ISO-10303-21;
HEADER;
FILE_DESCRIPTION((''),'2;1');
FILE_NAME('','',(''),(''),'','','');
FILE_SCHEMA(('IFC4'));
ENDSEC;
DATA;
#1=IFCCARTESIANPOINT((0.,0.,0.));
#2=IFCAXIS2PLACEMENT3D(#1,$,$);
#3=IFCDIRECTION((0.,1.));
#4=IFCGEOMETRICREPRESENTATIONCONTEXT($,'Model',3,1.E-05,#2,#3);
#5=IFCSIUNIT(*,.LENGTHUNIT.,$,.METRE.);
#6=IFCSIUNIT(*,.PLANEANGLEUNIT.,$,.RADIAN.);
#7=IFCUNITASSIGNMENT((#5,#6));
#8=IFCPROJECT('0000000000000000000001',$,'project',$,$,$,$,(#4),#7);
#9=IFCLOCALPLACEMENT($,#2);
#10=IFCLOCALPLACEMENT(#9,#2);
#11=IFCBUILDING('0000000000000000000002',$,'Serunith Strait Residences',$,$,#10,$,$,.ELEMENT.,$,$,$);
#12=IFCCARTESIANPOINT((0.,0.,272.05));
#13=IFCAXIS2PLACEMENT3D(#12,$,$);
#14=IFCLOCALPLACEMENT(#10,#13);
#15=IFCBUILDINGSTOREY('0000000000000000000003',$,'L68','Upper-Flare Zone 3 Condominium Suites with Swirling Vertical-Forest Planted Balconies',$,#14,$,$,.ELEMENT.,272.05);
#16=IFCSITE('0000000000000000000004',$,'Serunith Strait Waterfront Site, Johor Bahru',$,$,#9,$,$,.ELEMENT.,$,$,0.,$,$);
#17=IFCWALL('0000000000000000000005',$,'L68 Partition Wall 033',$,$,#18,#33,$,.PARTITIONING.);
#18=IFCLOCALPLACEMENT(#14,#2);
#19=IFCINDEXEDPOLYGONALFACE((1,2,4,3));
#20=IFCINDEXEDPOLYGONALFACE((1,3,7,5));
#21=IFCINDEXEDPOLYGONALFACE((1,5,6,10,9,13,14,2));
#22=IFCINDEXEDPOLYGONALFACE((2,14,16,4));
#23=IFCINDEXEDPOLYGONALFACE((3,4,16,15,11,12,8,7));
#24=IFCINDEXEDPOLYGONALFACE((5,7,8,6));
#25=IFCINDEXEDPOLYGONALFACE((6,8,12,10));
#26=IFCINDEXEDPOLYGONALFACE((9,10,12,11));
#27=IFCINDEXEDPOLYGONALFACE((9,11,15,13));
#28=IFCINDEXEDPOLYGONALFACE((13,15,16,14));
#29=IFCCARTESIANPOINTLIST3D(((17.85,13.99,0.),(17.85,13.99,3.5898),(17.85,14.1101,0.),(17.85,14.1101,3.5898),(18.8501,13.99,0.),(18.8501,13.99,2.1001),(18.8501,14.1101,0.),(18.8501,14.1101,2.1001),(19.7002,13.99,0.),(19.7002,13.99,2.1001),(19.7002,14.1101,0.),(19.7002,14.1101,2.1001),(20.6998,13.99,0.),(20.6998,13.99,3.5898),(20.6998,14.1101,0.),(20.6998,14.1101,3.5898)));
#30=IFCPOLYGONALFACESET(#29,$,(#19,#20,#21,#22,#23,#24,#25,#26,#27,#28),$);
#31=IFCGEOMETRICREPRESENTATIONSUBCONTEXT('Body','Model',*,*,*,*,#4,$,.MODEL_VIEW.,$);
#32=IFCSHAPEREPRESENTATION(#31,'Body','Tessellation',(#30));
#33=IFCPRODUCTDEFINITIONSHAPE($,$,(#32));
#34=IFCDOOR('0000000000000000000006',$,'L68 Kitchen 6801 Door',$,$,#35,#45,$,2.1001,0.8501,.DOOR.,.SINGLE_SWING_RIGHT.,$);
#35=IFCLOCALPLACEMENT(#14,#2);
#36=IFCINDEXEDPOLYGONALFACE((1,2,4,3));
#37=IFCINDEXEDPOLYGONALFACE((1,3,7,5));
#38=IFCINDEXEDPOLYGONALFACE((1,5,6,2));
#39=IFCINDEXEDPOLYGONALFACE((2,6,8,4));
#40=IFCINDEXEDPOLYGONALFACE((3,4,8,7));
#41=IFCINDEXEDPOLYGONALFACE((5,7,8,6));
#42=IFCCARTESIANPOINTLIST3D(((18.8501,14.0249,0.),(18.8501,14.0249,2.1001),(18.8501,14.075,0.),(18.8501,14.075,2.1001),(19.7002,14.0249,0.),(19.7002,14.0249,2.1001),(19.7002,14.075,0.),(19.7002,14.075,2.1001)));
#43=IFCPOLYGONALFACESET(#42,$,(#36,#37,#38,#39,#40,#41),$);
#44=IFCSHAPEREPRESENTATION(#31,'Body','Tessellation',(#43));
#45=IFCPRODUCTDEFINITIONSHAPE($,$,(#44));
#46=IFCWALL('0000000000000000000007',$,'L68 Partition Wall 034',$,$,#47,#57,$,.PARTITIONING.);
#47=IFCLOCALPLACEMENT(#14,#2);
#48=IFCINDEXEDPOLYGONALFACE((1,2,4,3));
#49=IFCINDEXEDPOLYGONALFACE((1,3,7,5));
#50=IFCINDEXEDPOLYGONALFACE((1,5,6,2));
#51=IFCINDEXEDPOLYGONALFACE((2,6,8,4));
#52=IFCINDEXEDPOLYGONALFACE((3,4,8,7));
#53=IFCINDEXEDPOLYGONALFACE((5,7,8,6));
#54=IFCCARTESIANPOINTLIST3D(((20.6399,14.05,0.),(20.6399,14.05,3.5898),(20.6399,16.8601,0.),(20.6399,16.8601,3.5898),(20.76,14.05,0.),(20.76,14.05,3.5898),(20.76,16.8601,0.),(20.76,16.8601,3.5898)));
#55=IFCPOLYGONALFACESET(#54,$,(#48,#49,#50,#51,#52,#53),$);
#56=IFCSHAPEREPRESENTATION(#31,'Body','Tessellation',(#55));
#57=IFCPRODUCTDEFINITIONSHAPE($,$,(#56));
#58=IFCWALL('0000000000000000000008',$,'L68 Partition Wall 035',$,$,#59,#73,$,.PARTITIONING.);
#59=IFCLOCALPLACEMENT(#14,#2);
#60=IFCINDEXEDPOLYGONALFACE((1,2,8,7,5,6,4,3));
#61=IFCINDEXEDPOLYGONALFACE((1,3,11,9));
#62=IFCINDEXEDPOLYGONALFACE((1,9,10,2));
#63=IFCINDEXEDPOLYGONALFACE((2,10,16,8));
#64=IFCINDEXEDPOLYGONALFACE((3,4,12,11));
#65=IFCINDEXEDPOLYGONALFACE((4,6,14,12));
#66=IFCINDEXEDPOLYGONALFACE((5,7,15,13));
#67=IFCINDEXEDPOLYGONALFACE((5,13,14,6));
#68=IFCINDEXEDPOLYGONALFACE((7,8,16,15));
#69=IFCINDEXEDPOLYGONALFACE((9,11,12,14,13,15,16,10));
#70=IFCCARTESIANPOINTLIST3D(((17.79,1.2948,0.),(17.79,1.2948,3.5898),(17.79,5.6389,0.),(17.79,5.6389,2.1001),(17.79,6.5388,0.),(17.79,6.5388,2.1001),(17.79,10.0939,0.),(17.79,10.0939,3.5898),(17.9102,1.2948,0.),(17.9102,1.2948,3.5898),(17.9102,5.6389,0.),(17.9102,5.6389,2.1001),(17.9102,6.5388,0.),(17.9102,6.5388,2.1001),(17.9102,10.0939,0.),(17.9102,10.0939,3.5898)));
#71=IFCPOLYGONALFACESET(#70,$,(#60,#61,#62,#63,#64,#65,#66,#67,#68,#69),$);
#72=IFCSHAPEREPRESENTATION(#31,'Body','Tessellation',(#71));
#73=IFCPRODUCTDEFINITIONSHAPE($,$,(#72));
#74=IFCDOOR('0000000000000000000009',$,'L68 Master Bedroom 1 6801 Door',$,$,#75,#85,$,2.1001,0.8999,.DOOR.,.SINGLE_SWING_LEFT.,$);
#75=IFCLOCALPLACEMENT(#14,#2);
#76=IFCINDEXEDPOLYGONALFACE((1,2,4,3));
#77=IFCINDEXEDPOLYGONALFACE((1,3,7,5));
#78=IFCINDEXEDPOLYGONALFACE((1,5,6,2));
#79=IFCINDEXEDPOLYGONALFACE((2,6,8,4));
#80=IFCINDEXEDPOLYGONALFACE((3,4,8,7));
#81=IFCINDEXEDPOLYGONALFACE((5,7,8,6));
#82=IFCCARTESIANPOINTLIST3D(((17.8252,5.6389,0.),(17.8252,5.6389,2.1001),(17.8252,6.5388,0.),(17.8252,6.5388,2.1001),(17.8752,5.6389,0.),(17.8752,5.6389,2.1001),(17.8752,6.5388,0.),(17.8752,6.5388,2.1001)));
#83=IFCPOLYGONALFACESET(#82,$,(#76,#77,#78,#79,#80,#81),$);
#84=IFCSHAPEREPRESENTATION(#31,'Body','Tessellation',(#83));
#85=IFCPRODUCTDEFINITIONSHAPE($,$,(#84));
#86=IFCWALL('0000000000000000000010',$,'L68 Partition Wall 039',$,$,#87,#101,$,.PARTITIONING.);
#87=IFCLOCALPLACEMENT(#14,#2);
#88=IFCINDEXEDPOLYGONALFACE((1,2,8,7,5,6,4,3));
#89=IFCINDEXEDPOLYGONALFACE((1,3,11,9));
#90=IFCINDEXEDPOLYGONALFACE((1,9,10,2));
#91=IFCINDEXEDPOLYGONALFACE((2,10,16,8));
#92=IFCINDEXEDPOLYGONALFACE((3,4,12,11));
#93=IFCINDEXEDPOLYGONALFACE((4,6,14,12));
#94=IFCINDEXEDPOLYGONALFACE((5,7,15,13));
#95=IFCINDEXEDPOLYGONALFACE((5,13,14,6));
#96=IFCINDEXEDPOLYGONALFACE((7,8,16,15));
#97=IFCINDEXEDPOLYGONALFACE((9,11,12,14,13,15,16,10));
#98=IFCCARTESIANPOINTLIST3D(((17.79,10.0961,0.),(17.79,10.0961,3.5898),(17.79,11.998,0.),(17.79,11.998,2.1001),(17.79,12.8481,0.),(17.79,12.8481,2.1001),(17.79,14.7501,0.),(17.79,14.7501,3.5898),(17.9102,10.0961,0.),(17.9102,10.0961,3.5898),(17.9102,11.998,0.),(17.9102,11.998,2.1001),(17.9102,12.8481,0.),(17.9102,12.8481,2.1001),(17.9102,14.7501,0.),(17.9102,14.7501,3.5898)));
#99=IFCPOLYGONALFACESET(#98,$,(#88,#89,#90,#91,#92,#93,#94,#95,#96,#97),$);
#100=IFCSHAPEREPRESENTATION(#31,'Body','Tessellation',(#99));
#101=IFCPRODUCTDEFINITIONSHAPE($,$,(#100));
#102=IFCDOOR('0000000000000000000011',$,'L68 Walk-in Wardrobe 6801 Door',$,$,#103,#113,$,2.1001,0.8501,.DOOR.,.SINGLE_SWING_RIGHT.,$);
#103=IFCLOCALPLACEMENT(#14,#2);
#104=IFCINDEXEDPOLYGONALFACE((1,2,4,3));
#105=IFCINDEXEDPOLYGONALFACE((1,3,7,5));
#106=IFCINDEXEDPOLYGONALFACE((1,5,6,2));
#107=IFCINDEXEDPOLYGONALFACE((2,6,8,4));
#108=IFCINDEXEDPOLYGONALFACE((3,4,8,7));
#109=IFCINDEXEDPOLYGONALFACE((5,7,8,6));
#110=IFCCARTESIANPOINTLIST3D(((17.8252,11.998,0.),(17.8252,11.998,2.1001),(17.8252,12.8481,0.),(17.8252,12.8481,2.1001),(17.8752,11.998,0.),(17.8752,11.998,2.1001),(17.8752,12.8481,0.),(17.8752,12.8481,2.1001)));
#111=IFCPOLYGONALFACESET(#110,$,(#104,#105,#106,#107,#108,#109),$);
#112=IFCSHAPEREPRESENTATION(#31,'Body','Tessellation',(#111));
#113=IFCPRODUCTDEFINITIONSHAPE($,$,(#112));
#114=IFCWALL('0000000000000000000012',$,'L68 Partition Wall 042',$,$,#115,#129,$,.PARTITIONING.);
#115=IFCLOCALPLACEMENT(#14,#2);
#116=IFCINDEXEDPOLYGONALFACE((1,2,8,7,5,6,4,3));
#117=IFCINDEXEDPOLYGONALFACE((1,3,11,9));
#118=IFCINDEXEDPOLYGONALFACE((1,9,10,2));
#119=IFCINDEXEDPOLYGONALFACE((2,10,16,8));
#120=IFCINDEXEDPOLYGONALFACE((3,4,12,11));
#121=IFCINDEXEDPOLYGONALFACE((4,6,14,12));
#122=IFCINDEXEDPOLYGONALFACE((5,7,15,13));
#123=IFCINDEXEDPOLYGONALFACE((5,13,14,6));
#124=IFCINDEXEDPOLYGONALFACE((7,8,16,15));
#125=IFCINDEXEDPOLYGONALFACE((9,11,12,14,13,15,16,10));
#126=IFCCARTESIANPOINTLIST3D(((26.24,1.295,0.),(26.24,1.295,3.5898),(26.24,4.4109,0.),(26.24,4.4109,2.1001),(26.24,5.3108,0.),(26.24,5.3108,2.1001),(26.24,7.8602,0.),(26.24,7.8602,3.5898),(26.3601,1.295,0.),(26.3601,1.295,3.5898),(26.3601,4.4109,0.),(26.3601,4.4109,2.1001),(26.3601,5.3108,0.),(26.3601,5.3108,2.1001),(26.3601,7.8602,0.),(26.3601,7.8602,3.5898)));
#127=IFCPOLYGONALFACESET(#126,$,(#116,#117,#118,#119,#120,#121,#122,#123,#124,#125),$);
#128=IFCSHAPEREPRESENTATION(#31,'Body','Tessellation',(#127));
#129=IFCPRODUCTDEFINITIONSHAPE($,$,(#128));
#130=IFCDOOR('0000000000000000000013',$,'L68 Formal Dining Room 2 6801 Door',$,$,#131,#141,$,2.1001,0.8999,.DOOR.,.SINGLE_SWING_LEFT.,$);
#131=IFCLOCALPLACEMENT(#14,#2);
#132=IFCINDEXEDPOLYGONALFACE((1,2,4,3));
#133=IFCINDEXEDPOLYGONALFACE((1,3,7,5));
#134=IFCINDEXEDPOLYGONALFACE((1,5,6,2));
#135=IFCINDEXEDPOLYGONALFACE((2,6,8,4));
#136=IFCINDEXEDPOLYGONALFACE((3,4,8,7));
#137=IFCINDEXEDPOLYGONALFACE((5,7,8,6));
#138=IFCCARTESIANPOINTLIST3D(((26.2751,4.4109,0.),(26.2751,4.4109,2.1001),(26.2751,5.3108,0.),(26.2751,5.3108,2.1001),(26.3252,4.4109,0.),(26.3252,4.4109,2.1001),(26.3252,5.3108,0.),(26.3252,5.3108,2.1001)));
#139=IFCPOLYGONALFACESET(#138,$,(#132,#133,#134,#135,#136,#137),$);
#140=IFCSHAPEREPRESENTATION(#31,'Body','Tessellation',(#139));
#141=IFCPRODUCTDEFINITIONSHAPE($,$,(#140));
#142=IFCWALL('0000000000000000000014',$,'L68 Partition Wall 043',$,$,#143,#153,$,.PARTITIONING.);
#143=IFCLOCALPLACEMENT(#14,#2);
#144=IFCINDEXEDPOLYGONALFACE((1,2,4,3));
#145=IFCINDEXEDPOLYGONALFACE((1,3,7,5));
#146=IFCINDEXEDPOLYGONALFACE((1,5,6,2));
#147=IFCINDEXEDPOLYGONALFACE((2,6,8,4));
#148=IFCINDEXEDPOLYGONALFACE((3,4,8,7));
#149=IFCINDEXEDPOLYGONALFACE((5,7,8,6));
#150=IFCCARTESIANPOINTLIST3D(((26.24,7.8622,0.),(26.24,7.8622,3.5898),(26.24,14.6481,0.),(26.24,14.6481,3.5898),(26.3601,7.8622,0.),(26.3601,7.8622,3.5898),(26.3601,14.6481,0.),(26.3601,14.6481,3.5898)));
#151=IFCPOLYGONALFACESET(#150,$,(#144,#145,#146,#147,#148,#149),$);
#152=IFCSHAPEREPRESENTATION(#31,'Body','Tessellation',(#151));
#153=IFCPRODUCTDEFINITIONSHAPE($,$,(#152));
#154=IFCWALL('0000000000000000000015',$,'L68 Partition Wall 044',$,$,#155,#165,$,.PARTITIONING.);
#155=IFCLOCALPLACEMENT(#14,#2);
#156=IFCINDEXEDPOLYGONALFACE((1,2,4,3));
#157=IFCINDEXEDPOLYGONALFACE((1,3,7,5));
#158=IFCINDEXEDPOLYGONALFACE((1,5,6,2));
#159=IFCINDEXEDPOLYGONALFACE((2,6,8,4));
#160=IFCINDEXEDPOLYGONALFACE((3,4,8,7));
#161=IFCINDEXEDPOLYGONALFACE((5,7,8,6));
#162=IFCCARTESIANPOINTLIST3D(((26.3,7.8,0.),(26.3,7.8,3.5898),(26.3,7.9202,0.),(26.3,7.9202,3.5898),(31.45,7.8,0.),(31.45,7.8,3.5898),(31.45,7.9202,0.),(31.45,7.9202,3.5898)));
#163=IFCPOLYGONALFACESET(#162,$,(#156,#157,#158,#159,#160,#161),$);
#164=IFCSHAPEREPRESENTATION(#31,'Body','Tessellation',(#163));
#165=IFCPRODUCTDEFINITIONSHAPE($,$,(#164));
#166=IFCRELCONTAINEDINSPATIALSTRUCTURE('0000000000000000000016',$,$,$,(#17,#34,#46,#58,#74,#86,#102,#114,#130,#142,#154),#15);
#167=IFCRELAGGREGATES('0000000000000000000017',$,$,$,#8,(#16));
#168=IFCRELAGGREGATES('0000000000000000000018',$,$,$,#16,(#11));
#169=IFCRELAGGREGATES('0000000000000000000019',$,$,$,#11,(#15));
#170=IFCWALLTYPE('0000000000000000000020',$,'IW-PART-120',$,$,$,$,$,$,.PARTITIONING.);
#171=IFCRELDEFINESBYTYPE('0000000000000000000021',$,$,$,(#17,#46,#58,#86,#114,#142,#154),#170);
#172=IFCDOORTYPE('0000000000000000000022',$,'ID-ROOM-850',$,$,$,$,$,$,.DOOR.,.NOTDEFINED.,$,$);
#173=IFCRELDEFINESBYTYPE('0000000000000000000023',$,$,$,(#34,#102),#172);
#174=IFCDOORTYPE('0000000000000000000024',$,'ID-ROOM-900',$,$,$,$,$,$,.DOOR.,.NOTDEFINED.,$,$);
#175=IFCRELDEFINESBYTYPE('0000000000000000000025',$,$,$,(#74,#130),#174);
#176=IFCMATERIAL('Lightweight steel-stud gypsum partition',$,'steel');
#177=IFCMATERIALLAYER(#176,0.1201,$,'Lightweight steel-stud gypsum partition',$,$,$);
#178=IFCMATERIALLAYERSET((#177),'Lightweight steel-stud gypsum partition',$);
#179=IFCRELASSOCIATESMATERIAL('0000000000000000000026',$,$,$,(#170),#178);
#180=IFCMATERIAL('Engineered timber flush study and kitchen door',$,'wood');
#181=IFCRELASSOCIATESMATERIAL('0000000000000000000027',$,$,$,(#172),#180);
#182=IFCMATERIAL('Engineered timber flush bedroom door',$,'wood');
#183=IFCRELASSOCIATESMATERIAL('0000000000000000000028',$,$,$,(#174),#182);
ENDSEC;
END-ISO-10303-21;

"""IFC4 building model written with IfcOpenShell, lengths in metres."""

from ifc_helpers import new_model, si_unit, direction, frame, frame_2d, origin, place, context, subcontext, project, spatial, rectangle, extrude, source, transform, mapped, material, layer, layer_set, type_object, element, fill, save


model = new_model("IFC4")

# Units and contexts
model_context = context("Model", 3, precision=1e-05, world=origin(), true_north=direction((0.0, 1.0)))
body_context = subcontext(model_context, "Body", "Model", "MODEL_VIEW")
ifc_project = project(units=[si_unit("LENGTHUNIT", "METRE"), si_unit("PLANEANGLEUNIT", "RADIAN")], contexts=[model_context])

# Site, building, storey
site_placement = place(None, origin())
site = spatial("IfcSite", under=ifc_project, at=site_placement, Name="Serunith Strait Waterfront Site, Johor Bahru", CompositionType="ELEMENT", RefElevation=0.0)
building_placement = place(site_placement, origin())
building = spatial("IfcBuilding", under=site, at=building_placement, Name="Serunith Strait Residences", CompositionType="ELEMENT")
storey_placement = place(building_placement, frame((0.0, 0.0, 272.05)))
storey = spatial("IfcBuildingStorey", under=building, at=storey_placement, Name="L68", Description="Upper-Flare Zone 3 Condominium Suites with Swirling Vertical-Forest Planted Balconies", CompositionType="ELEMENT", Elevation=272.05)

# Wall, opening, door
ifc_material_1 = material(Name="Lightweight steel-stud gypsum partition", Category="steel")
ifc_layer_1 = layer(ifc_material_1, 0.1201, Name="Lightweight steel-stud gypsum partition")
ifc_layer_set_1 = layer_set([ifc_layer_1], Name="Lightweight steel-stud gypsum partition")
wall_type = type_object("IfcWallType", Name="IW-PART-120", PredefinedType="PARTITIONING", material=ifc_layer_set_1)
wall_1_placement = place(storey_placement, frame((17.8501, 14.05, 0.0), z_axis=(0.0, 0.0, 1.0), x_axis=(1.0, 0.0, 0.0)))
wall_1 = element("IfcWall", 1, at=wall_1_placement, inside=storey, type_object=wall_type, Name="L68 Partition Wall 033", PredefinedType="PARTITIONING", context=body_context, shape_type="SweptSolid", body=[
    extrude(rectangle(XDim=2.8499, YDim=0.1201, at=frame_2d((1.4248, 0.0))), origin(), (0.0, 0.0, 1.0), 3.5898),
])
opening_1_placement = place(wall_1_placement, frame((1.0, 0.0, 0.0)))
opening_1 = element("IfcOpeningElement", 2, at=opening_1_placement, cuts=wall_1, PredefinedType="OPENING", context=body_context, shape_type="SweptSolid", body=[
    extrude(rectangle(XDim=0.8501, YDim=2.1001, at=frame_2d((0.425, 1.05))), frame((0.0, 0.0701, 0.0), z_axis=(0.0, -1.0, 0.0), x_axis=(1.0, 0.0, 0.0)), (0.0, 0.0, 1.0), 0.1401),
])
ifc_material_2 = material(Name="Engineered timber flush study and kitchen door", Category="wood")
door_type_1 = type_object("IfcDoorType", Name="ID-ROOM-850", OperationType="NOTDEFINED", PredefinedType="DOOR", material=ifc_material_2)
shared_shape_1 = source(origin(), body_context, "Body", "SweptSolid", [
    extrude(rectangle(XDim=0.8501, YDim=2.1001, at=frame_2d((0.425, 1.05))), frame((0.0, 0.0249, 0.0), z_axis=(0.0, -1.0, 0.0), x_axis=(1.0, 0.0, 0.0)), (0.0, 0.0, 1.0), 0.05),
])
door_1_placement = place(opening_1_placement, origin())
door_1 = element("IfcDoor", 3, at=door_1_placement, inside=storey, type_object=door_type_1, Name="L68 Kitchen 6801 Door", OperationType="SINGLE_SWING_RIGHT", OverallHeight=2.1001, OverallWidth=0.8501, PredefinedType="DOOR", context=body_context, shape_type="MappedRepresentation", body=[
    mapped(shared_shape_1, transform((0.0, 0.0, 0.0), scale=1.0)),
])
fill(opening_1, door_1)

# Wall
wall_2_placement = place(storey_placement, frame((20.7, 14.05, 0.0), z_axis=(0.0, 0.0, 1.0), x_axis=(0.0, 1.0, 0.0)))
element("IfcWall", 4, at=wall_2_placement, inside=storey, type_object=wall_type, Name="L68 Partition Wall 034", PredefinedType="PARTITIONING", context=body_context, shape_type="SweptSolid", body=[
    extrude(rectangle(XDim=2.8101, YDim=0.1201, at=frame_2d((1.405, 0.0))), origin(), (0.0, 0.0, 1.0), 3.5898),
])

# Walls, openings, doors
wall_3_placement = place(storey_placement, frame((17.8501, 1.2949, 0.0), z_axis=(0.0, 0.0, 1.0), x_axis=(0.0, 1.0, 0.0)))
wall_3 = element("IfcWall", 5, at=wall_3_placement, inside=storey, type_object=wall_type, Name="L68 Partition Wall 035", PredefinedType="PARTITIONING", context=body_context, shape_type="SweptSolid", body=[
    extrude(rectangle(XDim=8.7991, YDim=0.1201, at=frame_2d((4.3994, 0.0))), origin(), (0.0, 0.0, 1.0), 3.5898),
])
opening_2_placement = place(wall_3_placement, frame((4.344, 0.0, 0.0)))
opening_2 = element("IfcOpeningElement", 6, at=opening_2_placement, cuts=wall_3, PredefinedType="OPENING", context=body_context, shape_type="SweptSolid", body=[
    extrude(rectangle(XDim=0.8999, YDim=2.1001, at=frame_2d((0.45, 1.05))), frame((0.0, 0.0701, 0.0), z_axis=(0.0, -1.0, 0.0), x_axis=(1.0, 0.0, 0.0)), (0.0, 0.0, 1.0), 0.1401),
])
ifc_material_3 = material(Name="Engineered timber flush bedroom door", Category="wood")
door_type_2 = type_object("IfcDoorType", Name="ID-ROOM-900", OperationType="NOTDEFINED", PredefinedType="DOOR", material=ifc_material_3)
shared_shape_2 = source(origin(), body_context, "Body", "SweptSolid", [
    extrude(rectangle(XDim=0.8999, YDim=2.1001, at=frame_2d((0.45, 1.05))), frame((0.0, 0.0249, 0.0), z_axis=(0.0, -1.0, 0.0), x_axis=(1.0, 0.0, 0.0)), (0.0, 0.0, 1.0), 0.05),
])
door_2_placement = place(opening_2_placement, origin())
door_2 = element("IfcDoor", 7, at=door_2_placement, inside=storey, type_object=door_type_2, Name="L68 Master Bedroom 1 6801 Door", OperationType="SINGLE_SWING_LEFT", OverallHeight=2.1001, OverallWidth=0.8999, PredefinedType="DOOR", context=body_context, shape_type="MappedRepresentation", body=[
    mapped(shared_shape_2, transform((0.0, 0.0, 0.0), scale=1.0)),
])
fill(opening_2, door_2)
wall_4_placement = place(storey_placement, frame((17.8501, 10.0959, 0.0), z_axis=(0.0, 0.0, 1.0), x_axis=(0.0, 1.0, 0.0)))
wall_4 = element("IfcWall", 8, at=wall_4_placement, inside=storey, type_object=wall_type, Name="L68 Partition Wall 039", PredefinedType="PARTITIONING", context=body_context, shape_type="SweptSolid", body=[
    extrude(rectangle(XDim=4.6541, YDim=0.1201, at=frame_2d((2.3271, 0.0))), origin(), (0.0, 0.0, 1.0), 3.5898),
])
opening_3_placement = place(wall_4_placement, frame((1.9021, 0.0, 0.0)))
opening_3 = element("IfcOpeningElement", 9, at=opening_3_placement, cuts=wall_4, PredefinedType="OPENING", context=body_context, shape_type="SweptSolid", body=[
    extrude(rectangle(XDim=0.8501, YDim=2.1001, at=frame_2d((0.425, 1.05))), frame((0.0, 0.0701, 0.0), z_axis=(0.0, -1.0, 0.0), x_axis=(1.0, 0.0, 0.0)), (0.0, 0.0, 1.0), 0.1401),
])
door_3_placement = place(opening_3_placement, origin())
door_3 = element("IfcDoor", 10, at=door_3_placement, inside=storey, type_object=door_type_1, Name="L68 Walk-in Wardrobe 6801 Door", OperationType="SINGLE_SWING_RIGHT", OverallHeight=2.1001, OverallWidth=0.8501, PredefinedType="DOOR", context=body_context, shape_type="MappedRepresentation", body=[
    mapped(shared_shape_1, transform((0.0, 0.0, 0.0), scale=1.0)),
])
fill(opening_3, door_3)
wall_5_placement = place(storey_placement, frame((26.3, 1.2949, 0.0), z_axis=(0.0, 0.0, 1.0), x_axis=(0.0, 1.0, 0.0)))
wall_5 = element("IfcWall", 11, at=wall_5_placement, inside=storey, type_object=wall_type, Name="L68 Partition Wall 042", PredefinedType="PARTITIONING", context=body_context, shape_type="SweptSolid", body=[
    extrude(rectangle(XDim=6.5652, YDim=0.1201, at=frame_2d((3.2827, 0.0))), origin(), (0.0, 0.0, 1.0), 3.5898),
])
opening_4_placement = place(wall_5_placement, frame((3.116, 0.0, 0.0)))
opening_4 = element("IfcOpeningElement", 12, at=opening_4_placement, cuts=wall_5, PredefinedType="OPENING", context=body_context, shape_type="SweptSolid", body=[
    extrude(rectangle(XDim=0.8999, YDim=2.1001, at=frame_2d((0.45, 1.05))), frame((0.0, 0.0701, 0.0), z_axis=(0.0, -1.0, 0.0), x_axis=(1.0, 0.0, 0.0)), (0.0, 0.0, 1.0), 0.1401),
])
door_4_placement = place(opening_4_placement, origin())
door_4 = element("IfcDoor", 13, at=door_4_placement, inside=storey, type_object=door_type_2, Name="L68 Formal Dining Room 2 6801 Door", OperationType="SINGLE_SWING_LEFT", OverallHeight=2.1001, OverallWidth=0.8999, PredefinedType="DOOR", context=body_context, shape_type="MappedRepresentation", body=[
    mapped(shared_shape_2, transform((0.0, 0.0, 0.0), scale=1.0)),
])
fill(opening_4, door_4)

# Walls
wall_6_placement = place(storey_placement, frame((26.3, 7.8621, 0.0), z_axis=(0.0, 0.0, 1.0), x_axis=(0.0, 1.0, 0.0)))
element("IfcWall", 14, at=wall_6_placement, inside=storey, type_object=wall_type, Name="L68 Partition Wall 043", PredefinedType="PARTITIONING", context=body_context, shape_type="SweptSolid", body=[
    extrude(rectangle(XDim=6.7859, YDim=0.1201, at=frame_2d((3.3931, 0.0))), origin(), (0.0, 0.0, 1.0), 3.5898),
])
wall_7_placement = place(storey_placement, frame((26.3, 7.8601, 0.0), z_axis=(0.0, 0.0, 1.0), x_axis=(1.0, 0.0, 0.0)))
element("IfcWall", 15, at=wall_7_placement, inside=storey, type_object=wall_type, Name="L68 Partition Wall 044", PredefinedType="PARTITIONING", context=body_context, shape_type="SweptSolid", body=[
    extrude(rectangle(XDim=5.1499, YDim=0.1201, at=frame_2d((2.575, 0.0))), origin(), (0.0, 0.0, 1.0), 3.5898),
])

save(model, "model.ifc")
